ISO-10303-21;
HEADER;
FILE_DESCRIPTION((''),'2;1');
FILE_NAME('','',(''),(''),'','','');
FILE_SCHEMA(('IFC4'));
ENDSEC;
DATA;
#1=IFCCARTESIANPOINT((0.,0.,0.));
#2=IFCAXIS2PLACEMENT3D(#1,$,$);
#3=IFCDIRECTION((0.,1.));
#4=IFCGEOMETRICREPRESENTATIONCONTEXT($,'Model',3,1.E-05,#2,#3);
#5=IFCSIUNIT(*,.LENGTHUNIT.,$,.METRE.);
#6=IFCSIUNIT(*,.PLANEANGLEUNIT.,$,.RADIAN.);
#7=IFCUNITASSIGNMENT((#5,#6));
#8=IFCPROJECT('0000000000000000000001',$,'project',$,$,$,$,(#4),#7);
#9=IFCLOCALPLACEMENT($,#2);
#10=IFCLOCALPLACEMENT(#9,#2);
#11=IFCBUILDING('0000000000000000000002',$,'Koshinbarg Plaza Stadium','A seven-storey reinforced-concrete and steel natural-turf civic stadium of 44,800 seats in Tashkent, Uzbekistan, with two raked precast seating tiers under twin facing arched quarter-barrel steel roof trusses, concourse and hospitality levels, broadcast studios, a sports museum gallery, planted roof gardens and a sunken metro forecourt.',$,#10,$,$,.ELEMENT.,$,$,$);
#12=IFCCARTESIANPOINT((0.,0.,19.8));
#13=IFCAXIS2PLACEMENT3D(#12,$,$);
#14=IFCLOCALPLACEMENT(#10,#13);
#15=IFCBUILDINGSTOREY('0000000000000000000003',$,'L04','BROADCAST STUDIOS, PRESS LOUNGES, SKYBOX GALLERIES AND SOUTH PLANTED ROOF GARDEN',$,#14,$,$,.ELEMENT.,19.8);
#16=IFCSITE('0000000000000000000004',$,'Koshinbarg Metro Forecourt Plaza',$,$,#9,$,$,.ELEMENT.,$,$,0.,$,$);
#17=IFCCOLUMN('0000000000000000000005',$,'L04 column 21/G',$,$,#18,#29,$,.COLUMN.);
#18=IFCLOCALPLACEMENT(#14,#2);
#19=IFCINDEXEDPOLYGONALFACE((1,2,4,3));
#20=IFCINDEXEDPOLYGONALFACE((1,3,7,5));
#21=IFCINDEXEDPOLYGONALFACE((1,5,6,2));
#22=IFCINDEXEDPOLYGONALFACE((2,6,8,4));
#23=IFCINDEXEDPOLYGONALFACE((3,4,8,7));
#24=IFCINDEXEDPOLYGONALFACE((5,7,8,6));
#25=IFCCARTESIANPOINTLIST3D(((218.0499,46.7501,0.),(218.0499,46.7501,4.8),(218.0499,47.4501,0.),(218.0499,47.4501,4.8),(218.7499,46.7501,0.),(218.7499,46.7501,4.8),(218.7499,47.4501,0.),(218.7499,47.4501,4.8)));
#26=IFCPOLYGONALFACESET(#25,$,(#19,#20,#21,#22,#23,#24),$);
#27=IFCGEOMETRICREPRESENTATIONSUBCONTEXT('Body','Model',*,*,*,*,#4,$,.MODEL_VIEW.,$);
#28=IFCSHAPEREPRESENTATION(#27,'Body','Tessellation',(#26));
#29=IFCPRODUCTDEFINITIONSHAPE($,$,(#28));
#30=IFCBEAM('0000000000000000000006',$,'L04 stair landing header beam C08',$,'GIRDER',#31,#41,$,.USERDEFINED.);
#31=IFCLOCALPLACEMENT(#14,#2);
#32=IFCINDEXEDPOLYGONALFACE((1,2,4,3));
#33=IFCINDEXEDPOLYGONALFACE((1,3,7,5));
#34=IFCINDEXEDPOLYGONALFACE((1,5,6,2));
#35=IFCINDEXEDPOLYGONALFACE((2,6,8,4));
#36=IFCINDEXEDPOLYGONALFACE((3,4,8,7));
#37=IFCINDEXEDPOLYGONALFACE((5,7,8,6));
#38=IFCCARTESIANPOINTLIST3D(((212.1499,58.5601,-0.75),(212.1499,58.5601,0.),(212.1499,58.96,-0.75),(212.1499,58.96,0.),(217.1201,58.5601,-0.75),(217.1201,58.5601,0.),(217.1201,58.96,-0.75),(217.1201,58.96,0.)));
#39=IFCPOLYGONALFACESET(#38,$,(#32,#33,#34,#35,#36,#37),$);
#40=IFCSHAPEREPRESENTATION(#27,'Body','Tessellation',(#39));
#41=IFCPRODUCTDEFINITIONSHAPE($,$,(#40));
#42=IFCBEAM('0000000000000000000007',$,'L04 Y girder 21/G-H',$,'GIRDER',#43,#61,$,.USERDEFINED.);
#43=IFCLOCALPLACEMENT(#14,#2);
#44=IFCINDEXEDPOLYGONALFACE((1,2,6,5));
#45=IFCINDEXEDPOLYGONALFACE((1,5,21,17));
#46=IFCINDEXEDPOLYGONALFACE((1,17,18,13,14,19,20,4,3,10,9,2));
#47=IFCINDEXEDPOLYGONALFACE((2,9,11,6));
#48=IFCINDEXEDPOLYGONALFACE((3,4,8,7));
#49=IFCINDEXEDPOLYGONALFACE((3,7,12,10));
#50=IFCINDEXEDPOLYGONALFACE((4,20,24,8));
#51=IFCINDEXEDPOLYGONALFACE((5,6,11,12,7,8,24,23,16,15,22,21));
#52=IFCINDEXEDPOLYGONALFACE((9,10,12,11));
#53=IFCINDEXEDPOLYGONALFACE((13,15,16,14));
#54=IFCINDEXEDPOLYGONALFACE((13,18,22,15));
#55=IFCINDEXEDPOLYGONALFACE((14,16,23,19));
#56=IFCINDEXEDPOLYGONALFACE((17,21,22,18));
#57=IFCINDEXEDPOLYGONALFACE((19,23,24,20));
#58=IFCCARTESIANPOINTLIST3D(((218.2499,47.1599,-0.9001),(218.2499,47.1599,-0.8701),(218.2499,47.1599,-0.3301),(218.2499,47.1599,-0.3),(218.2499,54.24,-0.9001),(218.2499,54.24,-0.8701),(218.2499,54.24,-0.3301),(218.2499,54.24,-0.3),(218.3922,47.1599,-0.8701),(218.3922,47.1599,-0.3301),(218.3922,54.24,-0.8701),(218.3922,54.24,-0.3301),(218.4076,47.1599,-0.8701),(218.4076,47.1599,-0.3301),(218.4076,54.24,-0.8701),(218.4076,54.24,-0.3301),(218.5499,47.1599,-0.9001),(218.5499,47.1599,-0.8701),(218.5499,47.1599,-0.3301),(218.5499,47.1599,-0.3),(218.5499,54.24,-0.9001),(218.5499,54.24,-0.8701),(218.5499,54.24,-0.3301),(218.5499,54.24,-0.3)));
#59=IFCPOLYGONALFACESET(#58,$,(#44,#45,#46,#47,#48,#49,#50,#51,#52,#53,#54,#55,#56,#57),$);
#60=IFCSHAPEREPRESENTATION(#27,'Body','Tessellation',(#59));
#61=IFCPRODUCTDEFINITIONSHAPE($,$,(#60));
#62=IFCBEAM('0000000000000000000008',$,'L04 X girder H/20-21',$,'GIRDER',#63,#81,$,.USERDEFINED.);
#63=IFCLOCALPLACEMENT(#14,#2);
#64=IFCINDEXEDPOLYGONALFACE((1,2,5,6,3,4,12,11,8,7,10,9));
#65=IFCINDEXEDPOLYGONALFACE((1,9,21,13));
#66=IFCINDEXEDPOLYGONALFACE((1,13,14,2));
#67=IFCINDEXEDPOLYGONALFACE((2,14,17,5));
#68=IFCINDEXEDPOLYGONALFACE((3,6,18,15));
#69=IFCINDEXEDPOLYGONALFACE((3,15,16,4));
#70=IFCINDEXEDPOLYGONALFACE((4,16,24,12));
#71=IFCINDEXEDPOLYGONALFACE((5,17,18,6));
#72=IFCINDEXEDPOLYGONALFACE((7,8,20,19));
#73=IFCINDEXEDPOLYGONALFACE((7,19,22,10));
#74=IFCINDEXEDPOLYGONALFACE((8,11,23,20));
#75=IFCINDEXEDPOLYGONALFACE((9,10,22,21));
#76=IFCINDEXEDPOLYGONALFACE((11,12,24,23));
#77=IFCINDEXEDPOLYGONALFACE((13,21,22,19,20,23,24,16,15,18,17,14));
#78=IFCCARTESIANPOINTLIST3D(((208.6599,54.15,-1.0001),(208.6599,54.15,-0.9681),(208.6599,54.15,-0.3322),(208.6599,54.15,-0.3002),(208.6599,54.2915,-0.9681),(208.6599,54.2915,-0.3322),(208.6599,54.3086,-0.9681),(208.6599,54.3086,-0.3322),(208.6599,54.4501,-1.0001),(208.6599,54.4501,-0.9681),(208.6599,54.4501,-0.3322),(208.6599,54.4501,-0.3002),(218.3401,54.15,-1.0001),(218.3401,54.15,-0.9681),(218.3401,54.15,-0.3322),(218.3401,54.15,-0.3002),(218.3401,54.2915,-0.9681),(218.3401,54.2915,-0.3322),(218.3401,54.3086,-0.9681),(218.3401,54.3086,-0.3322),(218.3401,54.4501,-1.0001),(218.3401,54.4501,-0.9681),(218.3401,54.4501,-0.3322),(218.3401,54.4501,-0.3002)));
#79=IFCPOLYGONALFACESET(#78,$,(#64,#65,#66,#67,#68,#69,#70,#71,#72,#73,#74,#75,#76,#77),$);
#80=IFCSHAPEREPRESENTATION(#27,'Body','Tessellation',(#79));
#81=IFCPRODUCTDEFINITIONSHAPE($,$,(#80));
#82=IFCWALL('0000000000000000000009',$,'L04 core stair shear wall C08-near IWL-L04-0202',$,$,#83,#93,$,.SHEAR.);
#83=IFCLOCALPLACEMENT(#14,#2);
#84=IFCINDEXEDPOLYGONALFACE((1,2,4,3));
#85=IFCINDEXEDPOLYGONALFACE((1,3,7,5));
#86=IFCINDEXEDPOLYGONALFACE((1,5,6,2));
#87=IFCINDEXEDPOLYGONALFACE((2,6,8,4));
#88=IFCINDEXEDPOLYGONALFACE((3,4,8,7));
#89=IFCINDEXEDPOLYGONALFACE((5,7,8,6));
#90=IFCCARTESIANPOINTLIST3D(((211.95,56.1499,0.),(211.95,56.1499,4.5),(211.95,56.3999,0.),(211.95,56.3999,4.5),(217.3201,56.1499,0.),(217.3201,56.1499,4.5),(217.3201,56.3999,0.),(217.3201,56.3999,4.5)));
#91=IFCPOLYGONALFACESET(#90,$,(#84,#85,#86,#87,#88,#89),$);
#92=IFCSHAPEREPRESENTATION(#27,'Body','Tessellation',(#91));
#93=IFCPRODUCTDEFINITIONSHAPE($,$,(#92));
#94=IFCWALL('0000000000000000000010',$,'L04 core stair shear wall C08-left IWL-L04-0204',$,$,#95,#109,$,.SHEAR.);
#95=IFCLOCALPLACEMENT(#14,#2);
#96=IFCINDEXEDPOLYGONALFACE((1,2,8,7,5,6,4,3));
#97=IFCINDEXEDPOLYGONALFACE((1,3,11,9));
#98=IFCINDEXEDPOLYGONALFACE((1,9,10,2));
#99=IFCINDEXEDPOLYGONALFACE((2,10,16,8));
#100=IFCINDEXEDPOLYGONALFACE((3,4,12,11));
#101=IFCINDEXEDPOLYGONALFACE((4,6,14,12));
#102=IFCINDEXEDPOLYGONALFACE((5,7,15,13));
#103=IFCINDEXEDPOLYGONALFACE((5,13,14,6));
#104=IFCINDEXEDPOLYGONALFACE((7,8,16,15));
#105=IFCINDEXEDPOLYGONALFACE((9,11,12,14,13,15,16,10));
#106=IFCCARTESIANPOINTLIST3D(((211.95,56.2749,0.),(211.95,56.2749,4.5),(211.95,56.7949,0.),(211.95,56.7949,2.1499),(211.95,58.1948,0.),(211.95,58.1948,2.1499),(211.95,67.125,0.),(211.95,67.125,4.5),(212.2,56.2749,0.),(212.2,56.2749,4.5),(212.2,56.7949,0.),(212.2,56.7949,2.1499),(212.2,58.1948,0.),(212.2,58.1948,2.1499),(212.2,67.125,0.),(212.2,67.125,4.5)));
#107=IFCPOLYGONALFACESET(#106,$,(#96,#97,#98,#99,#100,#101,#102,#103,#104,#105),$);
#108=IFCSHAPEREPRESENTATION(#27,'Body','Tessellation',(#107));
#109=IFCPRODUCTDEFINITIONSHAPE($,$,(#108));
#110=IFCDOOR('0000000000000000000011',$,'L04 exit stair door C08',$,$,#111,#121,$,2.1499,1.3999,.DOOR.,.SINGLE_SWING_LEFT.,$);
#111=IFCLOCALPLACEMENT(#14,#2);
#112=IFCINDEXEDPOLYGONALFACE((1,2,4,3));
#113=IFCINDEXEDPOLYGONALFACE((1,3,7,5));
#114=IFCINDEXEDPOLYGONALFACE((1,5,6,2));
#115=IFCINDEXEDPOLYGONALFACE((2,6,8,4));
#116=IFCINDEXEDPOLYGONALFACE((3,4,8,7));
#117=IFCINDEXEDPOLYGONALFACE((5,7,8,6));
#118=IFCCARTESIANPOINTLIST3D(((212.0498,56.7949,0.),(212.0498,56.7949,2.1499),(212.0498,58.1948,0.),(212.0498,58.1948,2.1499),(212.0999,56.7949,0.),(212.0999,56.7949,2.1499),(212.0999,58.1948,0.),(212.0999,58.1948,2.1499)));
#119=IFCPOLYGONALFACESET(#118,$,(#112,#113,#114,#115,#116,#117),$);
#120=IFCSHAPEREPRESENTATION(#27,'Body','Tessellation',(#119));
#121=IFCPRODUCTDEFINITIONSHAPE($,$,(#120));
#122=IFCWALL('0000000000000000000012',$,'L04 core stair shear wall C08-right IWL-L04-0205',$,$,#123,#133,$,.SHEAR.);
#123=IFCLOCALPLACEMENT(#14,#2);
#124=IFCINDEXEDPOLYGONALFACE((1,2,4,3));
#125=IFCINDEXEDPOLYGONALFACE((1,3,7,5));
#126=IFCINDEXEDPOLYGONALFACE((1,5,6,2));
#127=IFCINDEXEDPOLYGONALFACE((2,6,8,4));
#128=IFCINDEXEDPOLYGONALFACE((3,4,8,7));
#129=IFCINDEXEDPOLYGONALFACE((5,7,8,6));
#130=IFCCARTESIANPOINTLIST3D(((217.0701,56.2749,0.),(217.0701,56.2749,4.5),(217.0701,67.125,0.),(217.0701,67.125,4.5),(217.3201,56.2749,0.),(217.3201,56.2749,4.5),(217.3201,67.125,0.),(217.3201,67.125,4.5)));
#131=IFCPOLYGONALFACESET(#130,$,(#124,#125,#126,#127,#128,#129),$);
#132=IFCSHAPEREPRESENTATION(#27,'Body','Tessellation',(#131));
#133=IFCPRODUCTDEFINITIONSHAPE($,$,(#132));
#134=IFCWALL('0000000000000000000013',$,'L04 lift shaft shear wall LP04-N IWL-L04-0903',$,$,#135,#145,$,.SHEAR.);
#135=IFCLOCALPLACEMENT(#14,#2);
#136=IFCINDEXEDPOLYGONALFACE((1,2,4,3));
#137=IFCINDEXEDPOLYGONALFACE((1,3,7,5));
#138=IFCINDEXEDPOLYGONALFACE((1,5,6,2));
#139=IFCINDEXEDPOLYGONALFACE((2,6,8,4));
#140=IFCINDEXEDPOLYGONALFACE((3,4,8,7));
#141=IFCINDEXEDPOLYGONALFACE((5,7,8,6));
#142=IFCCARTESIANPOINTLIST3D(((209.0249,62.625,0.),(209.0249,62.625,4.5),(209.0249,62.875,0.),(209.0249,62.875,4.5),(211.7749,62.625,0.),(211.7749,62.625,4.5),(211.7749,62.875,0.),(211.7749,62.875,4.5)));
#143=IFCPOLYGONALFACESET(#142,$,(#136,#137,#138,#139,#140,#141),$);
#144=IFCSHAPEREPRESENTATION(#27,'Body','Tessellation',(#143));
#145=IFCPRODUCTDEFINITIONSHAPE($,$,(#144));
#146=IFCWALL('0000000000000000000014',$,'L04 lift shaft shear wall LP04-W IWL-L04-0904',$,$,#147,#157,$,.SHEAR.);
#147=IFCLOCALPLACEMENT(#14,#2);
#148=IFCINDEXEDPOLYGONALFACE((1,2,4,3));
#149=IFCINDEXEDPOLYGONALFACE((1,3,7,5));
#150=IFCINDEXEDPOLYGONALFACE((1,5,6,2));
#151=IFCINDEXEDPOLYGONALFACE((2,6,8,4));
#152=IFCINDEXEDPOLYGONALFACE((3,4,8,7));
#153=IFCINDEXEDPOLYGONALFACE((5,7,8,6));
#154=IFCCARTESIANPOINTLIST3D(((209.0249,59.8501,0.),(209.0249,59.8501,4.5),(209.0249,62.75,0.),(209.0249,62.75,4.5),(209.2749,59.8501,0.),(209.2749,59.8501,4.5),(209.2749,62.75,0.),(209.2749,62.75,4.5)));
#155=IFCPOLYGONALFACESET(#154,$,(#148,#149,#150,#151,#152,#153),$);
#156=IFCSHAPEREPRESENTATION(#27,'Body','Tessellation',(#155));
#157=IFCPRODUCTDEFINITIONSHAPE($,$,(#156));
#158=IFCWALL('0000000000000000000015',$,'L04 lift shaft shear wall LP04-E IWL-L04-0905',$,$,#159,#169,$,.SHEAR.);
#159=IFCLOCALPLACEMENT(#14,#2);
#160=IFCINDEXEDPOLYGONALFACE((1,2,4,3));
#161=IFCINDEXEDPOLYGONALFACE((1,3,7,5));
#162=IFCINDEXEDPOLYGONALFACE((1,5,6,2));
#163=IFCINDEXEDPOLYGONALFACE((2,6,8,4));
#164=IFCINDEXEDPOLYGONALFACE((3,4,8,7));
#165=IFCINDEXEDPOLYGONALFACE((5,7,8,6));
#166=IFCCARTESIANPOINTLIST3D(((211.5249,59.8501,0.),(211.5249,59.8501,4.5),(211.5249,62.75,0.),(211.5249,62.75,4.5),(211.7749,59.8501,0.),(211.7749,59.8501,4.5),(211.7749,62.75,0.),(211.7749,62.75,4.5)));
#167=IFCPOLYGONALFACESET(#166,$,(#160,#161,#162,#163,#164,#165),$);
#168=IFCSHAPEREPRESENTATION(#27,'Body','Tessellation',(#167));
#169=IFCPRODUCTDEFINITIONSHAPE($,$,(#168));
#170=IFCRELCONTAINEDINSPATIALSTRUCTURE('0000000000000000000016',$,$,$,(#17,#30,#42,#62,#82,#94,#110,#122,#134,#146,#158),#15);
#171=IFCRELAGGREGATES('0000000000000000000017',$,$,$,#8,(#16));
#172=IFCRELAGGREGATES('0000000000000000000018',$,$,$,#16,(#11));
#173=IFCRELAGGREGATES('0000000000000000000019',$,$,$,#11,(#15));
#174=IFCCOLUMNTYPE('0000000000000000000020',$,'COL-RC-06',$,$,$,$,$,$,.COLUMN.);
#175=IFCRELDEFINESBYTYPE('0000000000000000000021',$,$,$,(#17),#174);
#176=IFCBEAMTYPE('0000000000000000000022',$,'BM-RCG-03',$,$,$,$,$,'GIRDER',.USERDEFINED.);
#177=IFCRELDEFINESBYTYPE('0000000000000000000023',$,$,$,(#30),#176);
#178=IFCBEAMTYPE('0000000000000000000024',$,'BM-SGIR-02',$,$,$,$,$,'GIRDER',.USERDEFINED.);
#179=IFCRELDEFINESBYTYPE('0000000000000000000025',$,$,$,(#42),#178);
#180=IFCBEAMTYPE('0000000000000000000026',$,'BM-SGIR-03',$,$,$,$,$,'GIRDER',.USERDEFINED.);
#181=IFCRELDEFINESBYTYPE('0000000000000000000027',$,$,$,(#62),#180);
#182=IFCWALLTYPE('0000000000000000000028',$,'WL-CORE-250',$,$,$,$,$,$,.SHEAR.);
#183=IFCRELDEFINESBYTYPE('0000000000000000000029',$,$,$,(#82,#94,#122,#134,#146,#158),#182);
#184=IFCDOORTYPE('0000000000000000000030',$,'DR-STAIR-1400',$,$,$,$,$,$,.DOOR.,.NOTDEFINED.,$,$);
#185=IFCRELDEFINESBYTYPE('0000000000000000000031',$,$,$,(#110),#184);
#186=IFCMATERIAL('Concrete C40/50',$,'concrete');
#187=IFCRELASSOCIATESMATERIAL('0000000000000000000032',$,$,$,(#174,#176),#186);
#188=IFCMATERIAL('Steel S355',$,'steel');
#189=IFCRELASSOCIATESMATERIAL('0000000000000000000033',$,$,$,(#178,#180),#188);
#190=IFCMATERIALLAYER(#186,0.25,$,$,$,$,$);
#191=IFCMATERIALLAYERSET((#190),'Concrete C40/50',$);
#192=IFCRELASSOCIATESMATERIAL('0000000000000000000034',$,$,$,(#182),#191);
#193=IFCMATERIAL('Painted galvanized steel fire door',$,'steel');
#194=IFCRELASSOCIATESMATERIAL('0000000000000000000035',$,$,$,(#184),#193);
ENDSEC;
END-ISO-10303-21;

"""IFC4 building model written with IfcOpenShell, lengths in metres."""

from ifc_helpers import new_model, si_unit, direction, frame, frame_2d, origin, origin_2d, place, context, subcontext, project, spatial, rectangle, i_section, extrude, material, layer, layer_set, material_profile, profile_set, type_object, element, fill, save


model = new_model("IFC4")

# Units and contexts
model_context = context("Model", 3, precision=1e-05, world=origin(), true_north=direction((0.0, 1.0)))
body_context = subcontext(model_context, "Body", "Model", "MODEL_VIEW")
ifc_project = project(units=[si_unit("LENGTHUNIT", "METRE"), si_unit("PLANEANGLEUNIT", "RADIAN")], contexts=[model_context])

# Site, building, storey
site_placement = place(None, origin())
site = spatial("IfcSite", under=ifc_project, at=site_placement, Name="Koshinbarg Metro Forecourt Plaza", CompositionType="ELEMENT", RefElevation=0.0)
building_placement = place(site_placement, origin())
building = spatial("IfcBuilding", under=site, at=building_placement, Name="Koshinbarg Plaza Stadium", Description="A seven-storey reinforced-concrete and steel natural-turf civic stadium of 44,800 seats in Tashkent, Uzbekistan, with two raked precast seating tiers under twin facing arched quarter-barrel steel roof trusses, concourse and hospitality levels, broadcast studios, a sports museum gallery, planted roof gardens and a sunken metro forecourt.", CompositionType="ELEMENT")
storey_placement = place(building_placement, frame((0.0, 0.0, 19.8)))
storey = spatial("IfcBuildingStorey", under=building, at=storey_placement, Name="L04", Description="BROADCAST STUDIOS, PRESS LOUNGES, SKYBOX GALLERIES AND SOUTH PLANTED ROOF GARDEN", CompositionType="ELEMENT", Elevation=19.8)

# Column
ifc_material_1 = material(Name="Concrete C40/50", Category="concrete")
ifc_material_profile_1 = material_profile(ifc_material_1, rectangle(XDim=0.7, YDim=0.7, at=origin_2d()), Name="RC 700x700")
ifc_profile_set_1 = profile_set([ifc_material_profile_1], Name="Concrete C40/50")
column_type = type_object("IfcColumnType", Name="COL-RC-06", PredefinedType="COLUMN", material=ifc_profile_set_1)
column_placement = place(storey_placement, frame((218.3999, 47.1001, 0.0), z_axis=(0.0, 0.0, 1.0), x_axis=(1.0, 0.0, 0.0)))
element("IfcColumn", 1, at=column_placement, inside=storey, type_object=column_type, Name="L04 column 21/G", PredefinedType="COLUMN", context=body_context, shape_type="SweptSolid", body=[
    extrude(rectangle(XDim=0.7, YDim=0.7, at=origin_2d()), origin(), (0.0, 0.0, 1.0), 4.8),
])

# Beams
ifc_material_profile_2 = material_profile(ifc_material_1, rectangle(XDim=0.3999, YDim=0.75, at=origin_2d()), Name="RC 400x750")
ifc_profile_set_2 = profile_set([ifc_material_profile_2], Name="Concrete C40/50")
beam_type_1 = type_object("IfcBeamType", Name="BM-RCG-03", ElementType="GIRDER", PredefinedType="USERDEFINED", material=ifc_profile_set_2)
beam_1_placement = place(storey_placement, frame((212.1499, 58.76, -0.375), z_axis=(1.0, 0.0, 0.0), x_axis=(0.0, 1.0, 0.0)))
element("IfcBeam", 2, at=beam_1_placement, inside=storey, type_object=beam_type_1, Name="L04 stair landing header beam C08", ObjectType="GIRDER", PredefinedType="USERDEFINED", context=body_context, shape_type="SweptSolid", body=[
    extrude(rectangle(XDim=0.3999, YDim=0.75, at=origin_2d()), origin(), (0.0, 0.0, 1.0), 4.9702),
])
ifc_material_2 = material(Name="Steel S355", Category="steel")
ifc_material_profile_3 = material_profile(ifc_material_2, i_section(OverallWidth=0.3, OverallDepth=0.6001, WebThickness=0.0154, FlangeThickness=0.03, at=origin_2d()), Name="HEB 600")
ifc_profile_set_3 = profile_set([ifc_material_profile_3], Name="Steel S355")
beam_type_2 = type_object("IfcBeamType", Name="BM-SGIR-02", ElementType="GIRDER", PredefinedType="USERDEFINED", material=ifc_profile_set_3)
beam_2_placement = place(storey_placement, frame((218.3999, 47.1599, -0.6001), z_axis=(0.0, 1.0, 0.0), x_axis=(-1.0, 0.0, 0.0)))
element("IfcBeam", 3, at=beam_2_placement, inside=storey, type_object=beam_type_2, Name="L04 Y girder 21/G-H", ObjectType="GIRDER", PredefinedType="USERDEFINED", context=body_context, shape_type="SweptSolid", body=[
    extrude(i_section(OverallWidth=0.3, OverallDepth=0.6001, WebThickness=0.0154, FlangeThickness=0.03, at=origin_2d()), origin(), (0.0, 0.0, 1.0), 7.0801),
])
ifc_material_profile_4 = material_profile(ifc_material_2, i_section(OverallWidth=0.3, OverallDepth=0.7, WebThickness=0.0171, FlangeThickness=0.032, at=origin_2d()), Name="HEB 700")
ifc_profile_set_4 = profile_set([ifc_material_profile_4], Name="Steel S355")
beam_type_3 = type_object("IfcBeamType", Name="BM-SGIR-03", ElementType="GIRDER", PredefinedType="USERDEFINED", material=ifc_profile_set_4)
beam_3_placement = place(storey_placement, frame((208.6599, 54.3, -0.6501), z_axis=(1.0, 0.0, 0.0), x_axis=(0.0, 1.0, 0.0)))
element("IfcBeam", 4, at=beam_3_placement, inside=storey, type_object=beam_type_3, Name="L04 X girder H/20-21", ObjectType="GIRDER", PredefinedType="USERDEFINED", context=body_context, shape_type="SweptSolid", body=[
    extrude(i_section(OverallWidth=0.3, OverallDepth=0.7, WebThickness=0.0171, FlangeThickness=0.032, at=origin_2d()), origin(), (0.0, 0.0, 1.0), 9.6802),
])

# Wall
ifc_layer_1 = layer(ifc_material_1, 0.25)
ifc_layer_set_1 = layer_set([ifc_layer_1], Name="Concrete C40/50")
wall_type_1 = type_object("IfcWallType", Name="WL-CORE-250", PredefinedType="SHEAR", material=ifc_layer_set_1)
wall_1_placement = place(storey_placement, frame((211.95, 56.2749, 0.0), z_axis=(0.0, 0.0, 1.0), x_axis=(1.0, 0.0, 0.0)))
element("IfcWall", 5, at=wall_1_placement, inside=storey, type_object=wall_type_1, Name="L04 core stair shear wall C08-near IWL-L04-0202", PredefinedType="SHEAR", context=body_context, shape_type="SweptSolid", body=[
    extrude(rectangle(XDim=5.3701, YDim=0.25, at=frame_2d((2.6851, 0.0))), origin(), (0.0, 0.0, 1.0), 4.5),
])

# Wall, opening, door
wall_2_placement = place(storey_placement, frame((212.075, 56.2749, 0.0), z_axis=(0.0, 0.0, 1.0), x_axis=(0.0, 1.0, 0.0)))
wall_2 = element("IfcWall", 6, at=wall_2_placement, inside=storey, type_object=wall_type_1, Name="L04 core stair shear wall C08-left IWL-L04-0204", PredefinedType="SHEAR", context=body_context, shape_type="SweptSolid", body=[
    extrude(rectangle(XDim=10.8501, YDim=0.25, at=frame_2d((5.425, 0.0))), origin(), (0.0, 0.0, 1.0), 4.5),
])
opening_1_placement = place(wall_2_placement, frame((0.52, 0.0, 0.0)))
opening_1 = element("IfcOpeningElement", 7, at=opening_1_placement, cuts=wall_2, PredefinedType="OPENING", context=body_context, shape_type="SweptSolid", body=[
    extrude(rectangle(XDim=1.3999, YDim=2.1499, at=frame_2d((0.7, 1.075))), frame((0.0, 0.135, 0.0), z_axis=(0.0, -1.0, 0.0), x_axis=(1.0, 0.0, 0.0)), (0.0, 0.0, 1.0), 0.27),
])
ifc_material_3 = material(Name="Painted galvanized steel fire door", Category="steel")
door_type_1 = type_object("IfcDoorType", Name="DR-STAIR-1400", OperationType="NOTDEFINED", PredefinedType="DOOR", material=ifc_material_3)
door_1_placement = place(opening_1_placement, frame((1.3999, 0.0, 0.0), z_axis=(0.0, 0.0, 1.0), x_axis=(-1.0, 0.0, 0.0)))
door_1 = element("IfcDoor", 8, at=door_1_placement, inside=storey, type_object=door_type_1, Name="L04 exit stair door C08", OperationType="SINGLE_SWING_LEFT", OverallHeight=2.1499, OverallWidth=1.3999, PredefinedType="DOOR", context=body_context, shape_type="SweptSolid", body=[
    extrude(rectangle(XDim=1.3999, YDim=2.1499, at=frame_2d((0.7, 1.075))), frame((0.0, 0.0249, 0.0), z_axis=(0.0, -1.0, 0.0), x_axis=(1.0, 0.0, 0.0)), (0.0, 0.0, 1.0), 0.05),
])
fill(opening_1, door_1)

# Wall
wall_3_placement = place(storey_placement, frame((217.1951, 56.2749, 0.0), z_axis=(0.0, 0.0, 1.0), x_axis=(0.0, 1.0, 0.0)))
element("IfcWall", 9, at=wall_3_placement, inside=storey, type_object=wall_type_1, Name="L04 core stair shear wall C08-right IWL-L04-0205", PredefinedType="SHEAR", context=body_context, shape_type="SweptSolid", body=[
    extrude(rectangle(XDim=10.8501, YDim=0.25, at=frame_2d((5.425, 0.0))), origin(), (0.0, 0.0, 1.0), 4.5),
])

# Walls
wall_4_placement = place(storey_placement, frame((211.7749, 62.75, 0.0), z_axis=(0.0, 0.0, 1.0), x_axis=(-1.0, 0.0, 0.0)))
element("IfcWall", 10, at=wall_4_placement, inside=storey, type_object=wall_type_1, Name="L04 lift shaft shear wall LP04-N IWL-L04-0903", PredefinedType="SHEAR", context=body_context, shape_type="SweptSolid", body=[
    extrude(rectangle(XDim=2.75, YDim=0.25, at=frame_2d((1.375, 0.0))), origin(), (0.0, 0.0, 1.0), 4.5),
])
for number, where, z_axis, x_axis, name in (
    (11, (209.1499, 62.75, 0.0), (0.0, 0.0, 1.0), (0.0, -1.0, 0.0), "L04 lift shaft shear wall LP04-W IWL-L04-0904"),
    (12, (211.6499, 59.8501, 0.0), (0.0, 0.0, 1.0), (0.0, 1.0, 0.0), "L04 lift shaft shear wall LP04-E IWL-L04-0905"),
):
    element("IfcWall", number, at=place(storey_placement, frame(where, z_axis=z_axis, x_axis=x_axis)), inside=storey, type_object=wall_type_1, Name=name, PredefinedType="SHEAR", context=body_context, shape_type="SweptSolid", body=[
        extrude(rectangle(XDim=2.8999, YDim=0.25, at=frame_2d((1.45, 0.0))), origin(), (0.0, 0.0, 1.0), 4.5),
    ])

save(model, "model.ifc")
